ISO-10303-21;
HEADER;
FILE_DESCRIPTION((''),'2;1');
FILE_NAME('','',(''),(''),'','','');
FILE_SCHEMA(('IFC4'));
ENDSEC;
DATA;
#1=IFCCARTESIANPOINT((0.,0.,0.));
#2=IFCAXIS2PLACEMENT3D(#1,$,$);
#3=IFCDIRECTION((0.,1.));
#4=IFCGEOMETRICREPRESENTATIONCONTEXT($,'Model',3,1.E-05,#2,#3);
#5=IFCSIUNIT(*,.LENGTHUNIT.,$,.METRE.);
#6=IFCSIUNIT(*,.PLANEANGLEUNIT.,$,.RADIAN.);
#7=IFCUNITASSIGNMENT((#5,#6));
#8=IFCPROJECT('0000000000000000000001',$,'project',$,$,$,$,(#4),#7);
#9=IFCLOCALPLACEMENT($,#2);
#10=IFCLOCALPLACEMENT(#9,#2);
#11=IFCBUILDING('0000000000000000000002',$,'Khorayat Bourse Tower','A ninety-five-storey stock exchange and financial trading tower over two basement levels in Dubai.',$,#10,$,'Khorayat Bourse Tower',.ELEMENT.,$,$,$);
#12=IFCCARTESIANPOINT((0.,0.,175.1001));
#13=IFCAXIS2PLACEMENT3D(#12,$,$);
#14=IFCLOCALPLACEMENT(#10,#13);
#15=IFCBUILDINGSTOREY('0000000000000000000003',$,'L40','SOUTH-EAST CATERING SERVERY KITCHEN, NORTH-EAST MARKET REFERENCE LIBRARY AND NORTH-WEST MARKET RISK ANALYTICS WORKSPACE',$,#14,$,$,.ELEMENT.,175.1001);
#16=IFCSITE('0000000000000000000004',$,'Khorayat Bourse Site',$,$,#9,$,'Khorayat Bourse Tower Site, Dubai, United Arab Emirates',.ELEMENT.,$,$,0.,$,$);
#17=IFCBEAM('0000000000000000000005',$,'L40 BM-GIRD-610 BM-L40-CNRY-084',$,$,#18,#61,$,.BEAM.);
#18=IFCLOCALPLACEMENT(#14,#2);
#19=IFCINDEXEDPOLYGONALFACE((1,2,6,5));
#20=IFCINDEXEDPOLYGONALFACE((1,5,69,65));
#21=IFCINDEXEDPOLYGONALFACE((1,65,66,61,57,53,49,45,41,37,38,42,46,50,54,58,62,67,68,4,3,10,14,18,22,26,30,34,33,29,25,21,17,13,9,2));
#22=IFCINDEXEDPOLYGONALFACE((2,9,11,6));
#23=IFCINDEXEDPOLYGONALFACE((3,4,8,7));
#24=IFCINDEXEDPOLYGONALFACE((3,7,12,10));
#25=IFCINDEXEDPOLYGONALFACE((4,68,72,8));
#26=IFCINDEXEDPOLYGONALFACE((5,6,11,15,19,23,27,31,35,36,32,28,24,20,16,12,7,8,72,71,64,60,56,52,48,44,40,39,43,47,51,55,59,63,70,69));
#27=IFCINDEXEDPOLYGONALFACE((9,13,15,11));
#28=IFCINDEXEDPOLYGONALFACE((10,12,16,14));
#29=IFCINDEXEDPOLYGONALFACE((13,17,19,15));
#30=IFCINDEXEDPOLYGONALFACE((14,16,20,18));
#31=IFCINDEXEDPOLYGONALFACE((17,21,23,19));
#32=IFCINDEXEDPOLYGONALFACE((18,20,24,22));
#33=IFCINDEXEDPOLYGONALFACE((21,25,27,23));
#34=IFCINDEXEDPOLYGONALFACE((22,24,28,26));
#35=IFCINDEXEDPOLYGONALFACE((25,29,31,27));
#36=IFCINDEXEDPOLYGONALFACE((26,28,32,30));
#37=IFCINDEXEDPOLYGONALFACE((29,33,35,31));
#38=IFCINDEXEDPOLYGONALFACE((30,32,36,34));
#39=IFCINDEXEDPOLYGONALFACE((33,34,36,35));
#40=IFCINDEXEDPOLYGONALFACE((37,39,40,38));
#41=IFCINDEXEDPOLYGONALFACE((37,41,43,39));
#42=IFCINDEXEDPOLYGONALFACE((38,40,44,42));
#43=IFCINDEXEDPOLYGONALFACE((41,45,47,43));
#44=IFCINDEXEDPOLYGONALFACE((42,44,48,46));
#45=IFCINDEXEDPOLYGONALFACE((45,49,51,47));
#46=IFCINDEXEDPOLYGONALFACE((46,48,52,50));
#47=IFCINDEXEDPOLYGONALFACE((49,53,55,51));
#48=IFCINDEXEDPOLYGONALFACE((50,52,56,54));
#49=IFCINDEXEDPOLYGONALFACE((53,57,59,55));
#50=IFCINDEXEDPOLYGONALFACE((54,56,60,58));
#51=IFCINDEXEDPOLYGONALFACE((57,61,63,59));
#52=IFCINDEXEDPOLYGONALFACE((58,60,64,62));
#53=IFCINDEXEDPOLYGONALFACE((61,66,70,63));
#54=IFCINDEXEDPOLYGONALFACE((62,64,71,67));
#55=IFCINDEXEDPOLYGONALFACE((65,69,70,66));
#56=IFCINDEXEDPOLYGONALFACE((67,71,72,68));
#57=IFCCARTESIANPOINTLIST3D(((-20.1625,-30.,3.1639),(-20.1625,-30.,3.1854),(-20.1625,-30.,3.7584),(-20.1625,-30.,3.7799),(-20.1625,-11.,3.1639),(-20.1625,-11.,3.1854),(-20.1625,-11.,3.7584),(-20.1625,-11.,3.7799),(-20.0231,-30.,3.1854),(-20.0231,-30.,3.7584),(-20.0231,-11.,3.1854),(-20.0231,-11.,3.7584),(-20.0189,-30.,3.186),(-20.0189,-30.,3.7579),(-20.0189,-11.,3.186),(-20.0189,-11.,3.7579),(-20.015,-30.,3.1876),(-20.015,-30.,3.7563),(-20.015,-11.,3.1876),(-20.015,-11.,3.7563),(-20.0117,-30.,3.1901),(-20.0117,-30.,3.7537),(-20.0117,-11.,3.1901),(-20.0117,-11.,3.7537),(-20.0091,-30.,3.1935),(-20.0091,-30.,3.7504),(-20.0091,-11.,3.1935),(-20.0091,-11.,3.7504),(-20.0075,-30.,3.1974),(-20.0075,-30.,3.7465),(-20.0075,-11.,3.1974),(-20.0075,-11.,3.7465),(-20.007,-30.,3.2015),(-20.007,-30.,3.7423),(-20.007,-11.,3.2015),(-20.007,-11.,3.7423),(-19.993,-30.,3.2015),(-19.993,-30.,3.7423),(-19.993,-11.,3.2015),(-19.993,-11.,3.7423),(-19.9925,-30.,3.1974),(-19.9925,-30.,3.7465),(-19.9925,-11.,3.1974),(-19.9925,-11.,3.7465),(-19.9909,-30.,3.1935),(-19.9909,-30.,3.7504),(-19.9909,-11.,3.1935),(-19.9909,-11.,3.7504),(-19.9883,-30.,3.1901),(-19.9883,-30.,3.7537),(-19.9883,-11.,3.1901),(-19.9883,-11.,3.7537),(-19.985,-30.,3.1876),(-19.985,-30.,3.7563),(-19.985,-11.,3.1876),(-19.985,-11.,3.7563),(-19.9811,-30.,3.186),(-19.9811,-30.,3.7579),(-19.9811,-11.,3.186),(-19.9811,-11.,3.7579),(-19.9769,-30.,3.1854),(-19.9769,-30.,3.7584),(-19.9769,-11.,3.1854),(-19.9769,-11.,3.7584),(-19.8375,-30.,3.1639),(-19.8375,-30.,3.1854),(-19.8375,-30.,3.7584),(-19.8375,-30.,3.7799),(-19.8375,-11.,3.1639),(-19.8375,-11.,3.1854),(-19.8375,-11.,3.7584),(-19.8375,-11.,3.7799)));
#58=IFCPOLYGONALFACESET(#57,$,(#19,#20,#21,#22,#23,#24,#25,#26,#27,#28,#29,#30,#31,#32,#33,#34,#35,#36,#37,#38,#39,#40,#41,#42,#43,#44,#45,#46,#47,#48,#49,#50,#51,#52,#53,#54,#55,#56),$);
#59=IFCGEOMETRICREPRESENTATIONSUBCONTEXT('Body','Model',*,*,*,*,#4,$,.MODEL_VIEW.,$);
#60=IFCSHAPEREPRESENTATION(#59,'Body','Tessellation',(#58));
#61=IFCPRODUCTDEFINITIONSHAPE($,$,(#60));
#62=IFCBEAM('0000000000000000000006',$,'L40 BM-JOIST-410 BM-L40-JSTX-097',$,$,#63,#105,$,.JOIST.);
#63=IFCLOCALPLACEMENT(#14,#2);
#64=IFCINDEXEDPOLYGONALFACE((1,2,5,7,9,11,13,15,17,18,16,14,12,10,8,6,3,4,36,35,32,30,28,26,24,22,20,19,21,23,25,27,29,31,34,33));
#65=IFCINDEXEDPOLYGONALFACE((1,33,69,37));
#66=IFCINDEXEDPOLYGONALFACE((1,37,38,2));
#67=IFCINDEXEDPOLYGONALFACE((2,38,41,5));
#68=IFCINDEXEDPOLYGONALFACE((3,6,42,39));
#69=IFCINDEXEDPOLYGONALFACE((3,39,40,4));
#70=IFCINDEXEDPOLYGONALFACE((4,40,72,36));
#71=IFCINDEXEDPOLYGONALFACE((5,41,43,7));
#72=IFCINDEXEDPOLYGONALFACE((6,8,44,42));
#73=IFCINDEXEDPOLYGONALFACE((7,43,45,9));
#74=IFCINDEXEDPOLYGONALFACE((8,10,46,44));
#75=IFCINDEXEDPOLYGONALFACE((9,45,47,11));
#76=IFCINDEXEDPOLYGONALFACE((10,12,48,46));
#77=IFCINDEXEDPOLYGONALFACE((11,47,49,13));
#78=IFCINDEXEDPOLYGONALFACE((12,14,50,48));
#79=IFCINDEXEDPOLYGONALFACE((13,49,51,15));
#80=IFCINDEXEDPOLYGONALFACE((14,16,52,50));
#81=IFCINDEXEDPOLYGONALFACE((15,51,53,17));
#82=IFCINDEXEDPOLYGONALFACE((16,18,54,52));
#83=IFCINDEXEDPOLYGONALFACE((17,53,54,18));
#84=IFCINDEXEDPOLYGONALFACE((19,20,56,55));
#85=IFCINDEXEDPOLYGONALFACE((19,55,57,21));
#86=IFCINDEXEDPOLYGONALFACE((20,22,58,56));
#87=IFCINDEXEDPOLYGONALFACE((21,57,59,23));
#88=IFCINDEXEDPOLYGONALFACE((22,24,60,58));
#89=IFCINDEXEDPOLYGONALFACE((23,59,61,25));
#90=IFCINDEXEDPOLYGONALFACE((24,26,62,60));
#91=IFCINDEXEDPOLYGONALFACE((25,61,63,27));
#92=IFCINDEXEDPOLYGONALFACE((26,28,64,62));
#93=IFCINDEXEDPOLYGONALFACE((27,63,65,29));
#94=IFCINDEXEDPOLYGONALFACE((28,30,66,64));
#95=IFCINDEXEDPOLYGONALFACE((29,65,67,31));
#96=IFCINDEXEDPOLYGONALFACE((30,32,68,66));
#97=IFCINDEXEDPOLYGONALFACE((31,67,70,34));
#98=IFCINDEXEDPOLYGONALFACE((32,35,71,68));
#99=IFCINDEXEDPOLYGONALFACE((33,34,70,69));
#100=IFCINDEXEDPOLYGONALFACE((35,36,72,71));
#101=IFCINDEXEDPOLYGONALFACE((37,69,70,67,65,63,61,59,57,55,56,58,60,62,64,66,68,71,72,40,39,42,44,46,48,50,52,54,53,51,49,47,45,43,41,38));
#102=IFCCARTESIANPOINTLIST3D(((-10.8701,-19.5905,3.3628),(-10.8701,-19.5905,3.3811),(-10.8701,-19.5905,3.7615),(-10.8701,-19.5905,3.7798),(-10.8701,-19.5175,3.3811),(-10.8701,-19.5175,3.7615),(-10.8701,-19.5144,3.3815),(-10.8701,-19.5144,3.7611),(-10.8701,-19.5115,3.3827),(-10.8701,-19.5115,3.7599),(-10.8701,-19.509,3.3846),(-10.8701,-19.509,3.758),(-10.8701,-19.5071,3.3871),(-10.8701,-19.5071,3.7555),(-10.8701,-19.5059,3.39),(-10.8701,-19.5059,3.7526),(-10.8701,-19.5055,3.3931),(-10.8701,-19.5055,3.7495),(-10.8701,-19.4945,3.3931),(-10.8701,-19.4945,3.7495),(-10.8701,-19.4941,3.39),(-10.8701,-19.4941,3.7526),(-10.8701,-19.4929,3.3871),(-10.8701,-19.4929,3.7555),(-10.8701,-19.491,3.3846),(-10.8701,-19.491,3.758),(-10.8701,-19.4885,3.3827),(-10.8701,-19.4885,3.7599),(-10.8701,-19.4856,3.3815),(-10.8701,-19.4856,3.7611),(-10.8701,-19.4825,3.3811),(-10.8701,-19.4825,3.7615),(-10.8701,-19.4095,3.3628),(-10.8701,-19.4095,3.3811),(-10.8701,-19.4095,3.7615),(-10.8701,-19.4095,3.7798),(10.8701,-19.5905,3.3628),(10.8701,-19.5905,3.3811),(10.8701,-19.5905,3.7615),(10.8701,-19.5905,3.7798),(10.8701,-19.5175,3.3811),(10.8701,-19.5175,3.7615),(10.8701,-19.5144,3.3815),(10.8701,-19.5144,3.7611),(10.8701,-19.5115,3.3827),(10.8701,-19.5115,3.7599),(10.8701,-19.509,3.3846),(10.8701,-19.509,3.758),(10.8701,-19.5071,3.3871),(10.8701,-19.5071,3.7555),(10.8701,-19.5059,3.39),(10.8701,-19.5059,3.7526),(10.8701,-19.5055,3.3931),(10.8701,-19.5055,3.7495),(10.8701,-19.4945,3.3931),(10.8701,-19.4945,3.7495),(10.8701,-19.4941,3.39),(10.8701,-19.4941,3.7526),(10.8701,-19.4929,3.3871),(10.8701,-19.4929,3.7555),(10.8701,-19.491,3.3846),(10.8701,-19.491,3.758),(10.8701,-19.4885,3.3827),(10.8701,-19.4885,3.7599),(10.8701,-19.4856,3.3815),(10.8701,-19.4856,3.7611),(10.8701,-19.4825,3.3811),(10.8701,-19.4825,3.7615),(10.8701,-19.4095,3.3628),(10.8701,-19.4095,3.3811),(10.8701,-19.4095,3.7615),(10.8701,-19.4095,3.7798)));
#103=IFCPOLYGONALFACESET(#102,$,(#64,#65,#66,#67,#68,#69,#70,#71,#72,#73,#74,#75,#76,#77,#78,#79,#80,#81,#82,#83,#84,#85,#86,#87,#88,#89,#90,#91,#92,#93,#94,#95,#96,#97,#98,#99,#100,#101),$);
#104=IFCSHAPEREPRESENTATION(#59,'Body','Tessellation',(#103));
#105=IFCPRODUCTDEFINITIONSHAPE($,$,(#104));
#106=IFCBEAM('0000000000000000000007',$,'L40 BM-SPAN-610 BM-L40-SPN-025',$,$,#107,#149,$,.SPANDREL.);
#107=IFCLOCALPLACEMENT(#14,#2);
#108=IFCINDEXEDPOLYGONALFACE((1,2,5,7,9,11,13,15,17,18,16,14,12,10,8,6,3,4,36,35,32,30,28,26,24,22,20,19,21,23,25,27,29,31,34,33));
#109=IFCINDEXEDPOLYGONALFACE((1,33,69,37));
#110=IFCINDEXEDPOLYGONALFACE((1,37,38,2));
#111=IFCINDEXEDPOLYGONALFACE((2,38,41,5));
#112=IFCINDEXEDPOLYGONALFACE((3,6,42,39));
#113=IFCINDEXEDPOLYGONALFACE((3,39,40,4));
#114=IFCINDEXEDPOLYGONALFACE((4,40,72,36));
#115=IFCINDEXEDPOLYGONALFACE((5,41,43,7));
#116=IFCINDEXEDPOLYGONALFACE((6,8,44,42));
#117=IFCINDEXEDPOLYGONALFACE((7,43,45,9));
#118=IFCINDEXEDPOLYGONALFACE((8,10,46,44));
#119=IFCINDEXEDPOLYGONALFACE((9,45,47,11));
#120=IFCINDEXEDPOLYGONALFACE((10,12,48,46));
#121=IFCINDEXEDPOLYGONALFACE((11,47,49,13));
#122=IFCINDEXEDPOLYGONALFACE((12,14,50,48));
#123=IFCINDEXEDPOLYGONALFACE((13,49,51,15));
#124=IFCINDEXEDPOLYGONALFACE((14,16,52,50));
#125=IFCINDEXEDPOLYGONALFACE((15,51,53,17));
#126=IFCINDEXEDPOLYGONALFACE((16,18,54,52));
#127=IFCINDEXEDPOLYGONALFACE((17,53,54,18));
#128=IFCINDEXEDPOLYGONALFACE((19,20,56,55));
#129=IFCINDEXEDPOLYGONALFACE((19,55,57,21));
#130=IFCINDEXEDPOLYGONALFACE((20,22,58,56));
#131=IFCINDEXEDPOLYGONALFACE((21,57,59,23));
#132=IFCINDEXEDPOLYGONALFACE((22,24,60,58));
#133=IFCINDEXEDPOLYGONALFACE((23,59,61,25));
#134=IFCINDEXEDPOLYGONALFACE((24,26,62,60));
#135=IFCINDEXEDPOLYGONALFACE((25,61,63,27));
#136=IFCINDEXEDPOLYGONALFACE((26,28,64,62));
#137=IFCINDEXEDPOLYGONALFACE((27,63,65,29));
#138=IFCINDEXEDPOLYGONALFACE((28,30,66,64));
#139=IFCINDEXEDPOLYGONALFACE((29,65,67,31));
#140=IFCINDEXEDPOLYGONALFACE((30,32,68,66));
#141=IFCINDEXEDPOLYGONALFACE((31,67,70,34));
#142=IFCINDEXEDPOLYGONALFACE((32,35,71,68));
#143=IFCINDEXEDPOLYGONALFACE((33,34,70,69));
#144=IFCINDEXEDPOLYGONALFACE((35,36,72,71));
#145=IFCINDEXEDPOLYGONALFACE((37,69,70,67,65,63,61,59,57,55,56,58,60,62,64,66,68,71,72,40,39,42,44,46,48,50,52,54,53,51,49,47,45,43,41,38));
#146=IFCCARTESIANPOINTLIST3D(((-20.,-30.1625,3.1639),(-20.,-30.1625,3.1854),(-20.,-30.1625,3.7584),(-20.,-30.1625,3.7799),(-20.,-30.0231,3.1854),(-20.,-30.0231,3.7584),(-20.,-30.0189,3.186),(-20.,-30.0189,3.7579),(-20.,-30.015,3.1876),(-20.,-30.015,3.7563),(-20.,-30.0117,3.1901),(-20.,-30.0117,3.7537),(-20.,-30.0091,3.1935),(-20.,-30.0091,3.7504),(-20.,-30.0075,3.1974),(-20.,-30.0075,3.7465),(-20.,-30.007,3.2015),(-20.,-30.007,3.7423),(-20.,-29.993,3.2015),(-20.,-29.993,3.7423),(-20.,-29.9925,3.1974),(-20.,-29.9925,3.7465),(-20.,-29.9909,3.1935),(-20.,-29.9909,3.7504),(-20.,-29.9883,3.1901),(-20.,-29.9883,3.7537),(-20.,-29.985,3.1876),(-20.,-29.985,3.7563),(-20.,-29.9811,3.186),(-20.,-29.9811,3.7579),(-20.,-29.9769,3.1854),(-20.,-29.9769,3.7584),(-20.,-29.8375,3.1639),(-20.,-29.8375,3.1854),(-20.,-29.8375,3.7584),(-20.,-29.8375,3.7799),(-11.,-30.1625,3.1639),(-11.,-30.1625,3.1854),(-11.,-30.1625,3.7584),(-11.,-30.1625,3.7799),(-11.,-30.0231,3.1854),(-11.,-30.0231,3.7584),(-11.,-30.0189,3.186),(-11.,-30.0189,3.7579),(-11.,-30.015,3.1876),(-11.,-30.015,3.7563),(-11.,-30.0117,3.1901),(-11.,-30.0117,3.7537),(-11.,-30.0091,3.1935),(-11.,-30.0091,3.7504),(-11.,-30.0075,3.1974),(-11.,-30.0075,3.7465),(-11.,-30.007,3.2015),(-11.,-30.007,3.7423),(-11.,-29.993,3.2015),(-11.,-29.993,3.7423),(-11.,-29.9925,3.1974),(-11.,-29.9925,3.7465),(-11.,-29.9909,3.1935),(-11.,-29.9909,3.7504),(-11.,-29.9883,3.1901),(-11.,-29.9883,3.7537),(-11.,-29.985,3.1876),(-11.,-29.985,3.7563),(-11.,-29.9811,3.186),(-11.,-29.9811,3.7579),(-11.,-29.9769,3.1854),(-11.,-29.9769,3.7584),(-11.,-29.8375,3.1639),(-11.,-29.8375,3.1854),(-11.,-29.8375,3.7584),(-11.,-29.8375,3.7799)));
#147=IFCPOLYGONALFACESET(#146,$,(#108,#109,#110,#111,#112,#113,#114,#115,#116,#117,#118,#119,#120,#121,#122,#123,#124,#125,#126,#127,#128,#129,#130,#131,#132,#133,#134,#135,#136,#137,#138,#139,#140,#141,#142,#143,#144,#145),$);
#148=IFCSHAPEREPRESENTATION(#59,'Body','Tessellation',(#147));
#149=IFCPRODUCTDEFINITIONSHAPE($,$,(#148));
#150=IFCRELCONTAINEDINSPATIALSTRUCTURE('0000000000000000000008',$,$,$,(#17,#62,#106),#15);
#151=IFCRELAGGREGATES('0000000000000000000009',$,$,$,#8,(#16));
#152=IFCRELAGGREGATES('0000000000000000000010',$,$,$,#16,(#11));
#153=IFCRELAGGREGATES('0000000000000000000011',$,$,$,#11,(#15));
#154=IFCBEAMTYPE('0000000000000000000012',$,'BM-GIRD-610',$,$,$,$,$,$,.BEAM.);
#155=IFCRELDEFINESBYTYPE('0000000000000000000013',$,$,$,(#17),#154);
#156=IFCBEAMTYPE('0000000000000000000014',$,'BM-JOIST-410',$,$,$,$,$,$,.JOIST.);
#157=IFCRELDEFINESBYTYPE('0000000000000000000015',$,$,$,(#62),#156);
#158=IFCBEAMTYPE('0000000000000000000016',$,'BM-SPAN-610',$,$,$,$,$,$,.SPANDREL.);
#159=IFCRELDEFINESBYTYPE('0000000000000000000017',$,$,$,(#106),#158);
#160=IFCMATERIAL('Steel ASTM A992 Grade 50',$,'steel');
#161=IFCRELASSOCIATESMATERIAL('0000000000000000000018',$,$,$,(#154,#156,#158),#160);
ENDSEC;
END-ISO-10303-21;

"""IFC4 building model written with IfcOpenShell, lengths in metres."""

from ifc_helpers import new_model, si_unit, direction, frame, origin, origin_2d, place, context, subcontext, project, spatial, i_section, extrude, source, transform, mapped, material, material_profile, profile_set, type_object, element, save


model = new_model("IFC4")

# Units and contexts
model_context = context("Model", 3, precision=1e-05, world=origin(), true_north=direction((0.0, 1.0)))
body_context = subcontext(model_context, "Body", "Model", "MODEL_VIEW")
ifc_project = project(units=[si_unit("LENGTHUNIT", "METRE"), si_unit("PLANEANGLEUNIT", "RADIAN")], contexts=[model_context])

# Site, building, storey
site_placement = place(None, origin())
site = spatial("IfcSite", under=ifc_project, at=site_placement, Name="Khorayat Bourse Site", LongName="Khorayat Bourse Tower Site, Dubai, United Arab Emirates", CompositionType="ELEMENT", RefElevation=0.0)
building_placement = place(site_placement, origin())
building = spatial("IfcBuilding", under=site, at=building_placement, Name="Khorayat Bourse Tower", Description="A ninety-five-storey stock exchange and financial trading tower over two basement levels in Dubai.", LongName="Khorayat Bourse Tower", CompositionType="ELEMENT")
storey_placement = place(building_placement, frame((0.0, 0.0, 175.1001)))
storey = spatial("IfcBuildingStorey", under=building, at=storey_placement, Name="L40", Description="SOUTH-EAST CATERING SERVERY KITCHEN, NORTH-EAST MARKET REFERENCE LIBRARY AND NORTH-WEST MARKET RISK ANALYTICS WORKSPACE", CompositionType="ELEMENT", Elevation=175.1001)

# Beams
ifc_material_1 = material(Name="Steel ASTM A992 Grade 50", Category="steel")
ifc_material_profile_1 = material_profile(ifc_material_1, i_section(OverallWidth=0.325, OverallDepth=0.616, WebThickness=0.0139, FlangeThickness=0.0215, FilletRadius=0.0161, at=origin_2d()), Name="W610X174")
ifc_profile_set_1 = profile_set([ifc_material_profile_1], Name="Steel ASTM A992 Grade 50")
beam_type_1 = type_object("IfcBeamType", Name="BM-GIRD-610", PredefinedType="BEAM", material=ifc_profile_set_1)
shared_shape_1 = source(origin(), body_context, "Body", "SweptSolid", [
    extrude(i_section(OverallWidth=0.325, OverallDepth=0.616, WebThickness=0.0139, FlangeThickness=0.0215, FilletRadius=0.0161, at=origin_2d()), origin(), (0.0, 0.0, 1.0), 19.0),
])
beam_1_placement = place(storey_placement, frame((-20.0, -30.0, 3.4719), z_axis=(0.0, 1.0, 0.0), x_axis=(-1.0, 0.0, 0.0)))
element("IfcBeam", 1, at=beam_1_placement, inside=storey, type_object=beam_type_1, Name="L40 BM-GIRD-610 BM-L40-CNRY-084", PredefinedType="BEAM", context=body_context, shape_type="MappedRepresentation", body=[
    mapped(shared_shape_1, transform((0.0, 0.0, 0.0), scale=1.0)),
])
ifc_material_profile_2 = material_profile(ifc_material_1, i_section(OverallWidth=0.1809, OverallDepth=0.417, WebThickness=0.011, FlangeThickness=0.0183, FilletRadius=0.012, at=origin_2d()), Name="W410X85")
ifc_profile_set_2 = profile_set([ifc_material_profile_2], Name="Steel ASTM A992 Grade 50")
beam_type_2 = type_object("IfcBeamType", Name="BM-JOIST-410", PredefinedType="JOIST", material=ifc_profile_set_2)
shared_shape_2 = source(origin(), body_context, "Body", "SweptSolid", [
    extrude(i_section(OverallWidth=0.1809, OverallDepth=0.417, WebThickness=0.011, FlangeThickness=0.0183, FilletRadius=0.012, at=origin_2d()), origin(), (0.0, 0.0, 1.0), 21.7402),
])
beam_2_placement = place(storey_placement, frame((-10.8701, -19.5, 3.5713), z_axis=(1.0, 0.0, 0.0), x_axis=(0.0, 1.0, 0.0)))
element("IfcBeam", 2, at=beam_2_placement, inside=storey, type_object=beam_type_2, Name="L40 BM-JOIST-410 BM-L40-JSTX-097", PredefinedType="JOIST", context=body_context, shape_type="MappedRepresentation", body=[
    mapped(shared_shape_2, transform((0.0, 0.0, 0.0), scale=1.0)),
])
ifc_material_profile_3 = material_profile(ifc_material_1, i_section(OverallWidth=0.325, OverallDepth=0.616, WebThickness=0.0139, FlangeThickness=0.0215, FilletRadius=0.0161, at=origin_2d()), Name="W610X174")
ifc_profile_set_3 = profile_set([ifc_material_profile_3], Name="Steel ASTM A992 Grade 50")
beam_type_3 = type_object("IfcBeamType", Name="BM-SPAN-610", PredefinedType="SPANDREL", material=ifc_profile_set_3)
shared_shape_3 = source(origin(), body_context, "Body", "SweptSolid", [
    extrude(i_section(OverallWidth=0.325, OverallDepth=0.616, WebThickness=0.0139, FlangeThickness=0.0215, FilletRadius=0.0161, at=origin_2d()), origin(), (0.0, 0.0, 1.0), 9.0),
])
beam_3_placement = place(storey_placement, frame((-20.0, -30.0, 3.4719), z_axis=(1.0, 0.0, 0.0), x_axis=(0.0, 1.0, 0.0)))
element("IfcBeam", 3, at=beam_3_placement, inside=storey, type_object=beam_type_3, Name="L40 BM-SPAN-610 BM-L40-SPN-025", PredefinedType="SPANDREL", context=body_context, shape_type="MappedRepresentation", body=[
    mapped(shared_shape_3, transform((0.0, 0.0, 0.0), scale=1.0)),
])

save(model, "model.ifc")
